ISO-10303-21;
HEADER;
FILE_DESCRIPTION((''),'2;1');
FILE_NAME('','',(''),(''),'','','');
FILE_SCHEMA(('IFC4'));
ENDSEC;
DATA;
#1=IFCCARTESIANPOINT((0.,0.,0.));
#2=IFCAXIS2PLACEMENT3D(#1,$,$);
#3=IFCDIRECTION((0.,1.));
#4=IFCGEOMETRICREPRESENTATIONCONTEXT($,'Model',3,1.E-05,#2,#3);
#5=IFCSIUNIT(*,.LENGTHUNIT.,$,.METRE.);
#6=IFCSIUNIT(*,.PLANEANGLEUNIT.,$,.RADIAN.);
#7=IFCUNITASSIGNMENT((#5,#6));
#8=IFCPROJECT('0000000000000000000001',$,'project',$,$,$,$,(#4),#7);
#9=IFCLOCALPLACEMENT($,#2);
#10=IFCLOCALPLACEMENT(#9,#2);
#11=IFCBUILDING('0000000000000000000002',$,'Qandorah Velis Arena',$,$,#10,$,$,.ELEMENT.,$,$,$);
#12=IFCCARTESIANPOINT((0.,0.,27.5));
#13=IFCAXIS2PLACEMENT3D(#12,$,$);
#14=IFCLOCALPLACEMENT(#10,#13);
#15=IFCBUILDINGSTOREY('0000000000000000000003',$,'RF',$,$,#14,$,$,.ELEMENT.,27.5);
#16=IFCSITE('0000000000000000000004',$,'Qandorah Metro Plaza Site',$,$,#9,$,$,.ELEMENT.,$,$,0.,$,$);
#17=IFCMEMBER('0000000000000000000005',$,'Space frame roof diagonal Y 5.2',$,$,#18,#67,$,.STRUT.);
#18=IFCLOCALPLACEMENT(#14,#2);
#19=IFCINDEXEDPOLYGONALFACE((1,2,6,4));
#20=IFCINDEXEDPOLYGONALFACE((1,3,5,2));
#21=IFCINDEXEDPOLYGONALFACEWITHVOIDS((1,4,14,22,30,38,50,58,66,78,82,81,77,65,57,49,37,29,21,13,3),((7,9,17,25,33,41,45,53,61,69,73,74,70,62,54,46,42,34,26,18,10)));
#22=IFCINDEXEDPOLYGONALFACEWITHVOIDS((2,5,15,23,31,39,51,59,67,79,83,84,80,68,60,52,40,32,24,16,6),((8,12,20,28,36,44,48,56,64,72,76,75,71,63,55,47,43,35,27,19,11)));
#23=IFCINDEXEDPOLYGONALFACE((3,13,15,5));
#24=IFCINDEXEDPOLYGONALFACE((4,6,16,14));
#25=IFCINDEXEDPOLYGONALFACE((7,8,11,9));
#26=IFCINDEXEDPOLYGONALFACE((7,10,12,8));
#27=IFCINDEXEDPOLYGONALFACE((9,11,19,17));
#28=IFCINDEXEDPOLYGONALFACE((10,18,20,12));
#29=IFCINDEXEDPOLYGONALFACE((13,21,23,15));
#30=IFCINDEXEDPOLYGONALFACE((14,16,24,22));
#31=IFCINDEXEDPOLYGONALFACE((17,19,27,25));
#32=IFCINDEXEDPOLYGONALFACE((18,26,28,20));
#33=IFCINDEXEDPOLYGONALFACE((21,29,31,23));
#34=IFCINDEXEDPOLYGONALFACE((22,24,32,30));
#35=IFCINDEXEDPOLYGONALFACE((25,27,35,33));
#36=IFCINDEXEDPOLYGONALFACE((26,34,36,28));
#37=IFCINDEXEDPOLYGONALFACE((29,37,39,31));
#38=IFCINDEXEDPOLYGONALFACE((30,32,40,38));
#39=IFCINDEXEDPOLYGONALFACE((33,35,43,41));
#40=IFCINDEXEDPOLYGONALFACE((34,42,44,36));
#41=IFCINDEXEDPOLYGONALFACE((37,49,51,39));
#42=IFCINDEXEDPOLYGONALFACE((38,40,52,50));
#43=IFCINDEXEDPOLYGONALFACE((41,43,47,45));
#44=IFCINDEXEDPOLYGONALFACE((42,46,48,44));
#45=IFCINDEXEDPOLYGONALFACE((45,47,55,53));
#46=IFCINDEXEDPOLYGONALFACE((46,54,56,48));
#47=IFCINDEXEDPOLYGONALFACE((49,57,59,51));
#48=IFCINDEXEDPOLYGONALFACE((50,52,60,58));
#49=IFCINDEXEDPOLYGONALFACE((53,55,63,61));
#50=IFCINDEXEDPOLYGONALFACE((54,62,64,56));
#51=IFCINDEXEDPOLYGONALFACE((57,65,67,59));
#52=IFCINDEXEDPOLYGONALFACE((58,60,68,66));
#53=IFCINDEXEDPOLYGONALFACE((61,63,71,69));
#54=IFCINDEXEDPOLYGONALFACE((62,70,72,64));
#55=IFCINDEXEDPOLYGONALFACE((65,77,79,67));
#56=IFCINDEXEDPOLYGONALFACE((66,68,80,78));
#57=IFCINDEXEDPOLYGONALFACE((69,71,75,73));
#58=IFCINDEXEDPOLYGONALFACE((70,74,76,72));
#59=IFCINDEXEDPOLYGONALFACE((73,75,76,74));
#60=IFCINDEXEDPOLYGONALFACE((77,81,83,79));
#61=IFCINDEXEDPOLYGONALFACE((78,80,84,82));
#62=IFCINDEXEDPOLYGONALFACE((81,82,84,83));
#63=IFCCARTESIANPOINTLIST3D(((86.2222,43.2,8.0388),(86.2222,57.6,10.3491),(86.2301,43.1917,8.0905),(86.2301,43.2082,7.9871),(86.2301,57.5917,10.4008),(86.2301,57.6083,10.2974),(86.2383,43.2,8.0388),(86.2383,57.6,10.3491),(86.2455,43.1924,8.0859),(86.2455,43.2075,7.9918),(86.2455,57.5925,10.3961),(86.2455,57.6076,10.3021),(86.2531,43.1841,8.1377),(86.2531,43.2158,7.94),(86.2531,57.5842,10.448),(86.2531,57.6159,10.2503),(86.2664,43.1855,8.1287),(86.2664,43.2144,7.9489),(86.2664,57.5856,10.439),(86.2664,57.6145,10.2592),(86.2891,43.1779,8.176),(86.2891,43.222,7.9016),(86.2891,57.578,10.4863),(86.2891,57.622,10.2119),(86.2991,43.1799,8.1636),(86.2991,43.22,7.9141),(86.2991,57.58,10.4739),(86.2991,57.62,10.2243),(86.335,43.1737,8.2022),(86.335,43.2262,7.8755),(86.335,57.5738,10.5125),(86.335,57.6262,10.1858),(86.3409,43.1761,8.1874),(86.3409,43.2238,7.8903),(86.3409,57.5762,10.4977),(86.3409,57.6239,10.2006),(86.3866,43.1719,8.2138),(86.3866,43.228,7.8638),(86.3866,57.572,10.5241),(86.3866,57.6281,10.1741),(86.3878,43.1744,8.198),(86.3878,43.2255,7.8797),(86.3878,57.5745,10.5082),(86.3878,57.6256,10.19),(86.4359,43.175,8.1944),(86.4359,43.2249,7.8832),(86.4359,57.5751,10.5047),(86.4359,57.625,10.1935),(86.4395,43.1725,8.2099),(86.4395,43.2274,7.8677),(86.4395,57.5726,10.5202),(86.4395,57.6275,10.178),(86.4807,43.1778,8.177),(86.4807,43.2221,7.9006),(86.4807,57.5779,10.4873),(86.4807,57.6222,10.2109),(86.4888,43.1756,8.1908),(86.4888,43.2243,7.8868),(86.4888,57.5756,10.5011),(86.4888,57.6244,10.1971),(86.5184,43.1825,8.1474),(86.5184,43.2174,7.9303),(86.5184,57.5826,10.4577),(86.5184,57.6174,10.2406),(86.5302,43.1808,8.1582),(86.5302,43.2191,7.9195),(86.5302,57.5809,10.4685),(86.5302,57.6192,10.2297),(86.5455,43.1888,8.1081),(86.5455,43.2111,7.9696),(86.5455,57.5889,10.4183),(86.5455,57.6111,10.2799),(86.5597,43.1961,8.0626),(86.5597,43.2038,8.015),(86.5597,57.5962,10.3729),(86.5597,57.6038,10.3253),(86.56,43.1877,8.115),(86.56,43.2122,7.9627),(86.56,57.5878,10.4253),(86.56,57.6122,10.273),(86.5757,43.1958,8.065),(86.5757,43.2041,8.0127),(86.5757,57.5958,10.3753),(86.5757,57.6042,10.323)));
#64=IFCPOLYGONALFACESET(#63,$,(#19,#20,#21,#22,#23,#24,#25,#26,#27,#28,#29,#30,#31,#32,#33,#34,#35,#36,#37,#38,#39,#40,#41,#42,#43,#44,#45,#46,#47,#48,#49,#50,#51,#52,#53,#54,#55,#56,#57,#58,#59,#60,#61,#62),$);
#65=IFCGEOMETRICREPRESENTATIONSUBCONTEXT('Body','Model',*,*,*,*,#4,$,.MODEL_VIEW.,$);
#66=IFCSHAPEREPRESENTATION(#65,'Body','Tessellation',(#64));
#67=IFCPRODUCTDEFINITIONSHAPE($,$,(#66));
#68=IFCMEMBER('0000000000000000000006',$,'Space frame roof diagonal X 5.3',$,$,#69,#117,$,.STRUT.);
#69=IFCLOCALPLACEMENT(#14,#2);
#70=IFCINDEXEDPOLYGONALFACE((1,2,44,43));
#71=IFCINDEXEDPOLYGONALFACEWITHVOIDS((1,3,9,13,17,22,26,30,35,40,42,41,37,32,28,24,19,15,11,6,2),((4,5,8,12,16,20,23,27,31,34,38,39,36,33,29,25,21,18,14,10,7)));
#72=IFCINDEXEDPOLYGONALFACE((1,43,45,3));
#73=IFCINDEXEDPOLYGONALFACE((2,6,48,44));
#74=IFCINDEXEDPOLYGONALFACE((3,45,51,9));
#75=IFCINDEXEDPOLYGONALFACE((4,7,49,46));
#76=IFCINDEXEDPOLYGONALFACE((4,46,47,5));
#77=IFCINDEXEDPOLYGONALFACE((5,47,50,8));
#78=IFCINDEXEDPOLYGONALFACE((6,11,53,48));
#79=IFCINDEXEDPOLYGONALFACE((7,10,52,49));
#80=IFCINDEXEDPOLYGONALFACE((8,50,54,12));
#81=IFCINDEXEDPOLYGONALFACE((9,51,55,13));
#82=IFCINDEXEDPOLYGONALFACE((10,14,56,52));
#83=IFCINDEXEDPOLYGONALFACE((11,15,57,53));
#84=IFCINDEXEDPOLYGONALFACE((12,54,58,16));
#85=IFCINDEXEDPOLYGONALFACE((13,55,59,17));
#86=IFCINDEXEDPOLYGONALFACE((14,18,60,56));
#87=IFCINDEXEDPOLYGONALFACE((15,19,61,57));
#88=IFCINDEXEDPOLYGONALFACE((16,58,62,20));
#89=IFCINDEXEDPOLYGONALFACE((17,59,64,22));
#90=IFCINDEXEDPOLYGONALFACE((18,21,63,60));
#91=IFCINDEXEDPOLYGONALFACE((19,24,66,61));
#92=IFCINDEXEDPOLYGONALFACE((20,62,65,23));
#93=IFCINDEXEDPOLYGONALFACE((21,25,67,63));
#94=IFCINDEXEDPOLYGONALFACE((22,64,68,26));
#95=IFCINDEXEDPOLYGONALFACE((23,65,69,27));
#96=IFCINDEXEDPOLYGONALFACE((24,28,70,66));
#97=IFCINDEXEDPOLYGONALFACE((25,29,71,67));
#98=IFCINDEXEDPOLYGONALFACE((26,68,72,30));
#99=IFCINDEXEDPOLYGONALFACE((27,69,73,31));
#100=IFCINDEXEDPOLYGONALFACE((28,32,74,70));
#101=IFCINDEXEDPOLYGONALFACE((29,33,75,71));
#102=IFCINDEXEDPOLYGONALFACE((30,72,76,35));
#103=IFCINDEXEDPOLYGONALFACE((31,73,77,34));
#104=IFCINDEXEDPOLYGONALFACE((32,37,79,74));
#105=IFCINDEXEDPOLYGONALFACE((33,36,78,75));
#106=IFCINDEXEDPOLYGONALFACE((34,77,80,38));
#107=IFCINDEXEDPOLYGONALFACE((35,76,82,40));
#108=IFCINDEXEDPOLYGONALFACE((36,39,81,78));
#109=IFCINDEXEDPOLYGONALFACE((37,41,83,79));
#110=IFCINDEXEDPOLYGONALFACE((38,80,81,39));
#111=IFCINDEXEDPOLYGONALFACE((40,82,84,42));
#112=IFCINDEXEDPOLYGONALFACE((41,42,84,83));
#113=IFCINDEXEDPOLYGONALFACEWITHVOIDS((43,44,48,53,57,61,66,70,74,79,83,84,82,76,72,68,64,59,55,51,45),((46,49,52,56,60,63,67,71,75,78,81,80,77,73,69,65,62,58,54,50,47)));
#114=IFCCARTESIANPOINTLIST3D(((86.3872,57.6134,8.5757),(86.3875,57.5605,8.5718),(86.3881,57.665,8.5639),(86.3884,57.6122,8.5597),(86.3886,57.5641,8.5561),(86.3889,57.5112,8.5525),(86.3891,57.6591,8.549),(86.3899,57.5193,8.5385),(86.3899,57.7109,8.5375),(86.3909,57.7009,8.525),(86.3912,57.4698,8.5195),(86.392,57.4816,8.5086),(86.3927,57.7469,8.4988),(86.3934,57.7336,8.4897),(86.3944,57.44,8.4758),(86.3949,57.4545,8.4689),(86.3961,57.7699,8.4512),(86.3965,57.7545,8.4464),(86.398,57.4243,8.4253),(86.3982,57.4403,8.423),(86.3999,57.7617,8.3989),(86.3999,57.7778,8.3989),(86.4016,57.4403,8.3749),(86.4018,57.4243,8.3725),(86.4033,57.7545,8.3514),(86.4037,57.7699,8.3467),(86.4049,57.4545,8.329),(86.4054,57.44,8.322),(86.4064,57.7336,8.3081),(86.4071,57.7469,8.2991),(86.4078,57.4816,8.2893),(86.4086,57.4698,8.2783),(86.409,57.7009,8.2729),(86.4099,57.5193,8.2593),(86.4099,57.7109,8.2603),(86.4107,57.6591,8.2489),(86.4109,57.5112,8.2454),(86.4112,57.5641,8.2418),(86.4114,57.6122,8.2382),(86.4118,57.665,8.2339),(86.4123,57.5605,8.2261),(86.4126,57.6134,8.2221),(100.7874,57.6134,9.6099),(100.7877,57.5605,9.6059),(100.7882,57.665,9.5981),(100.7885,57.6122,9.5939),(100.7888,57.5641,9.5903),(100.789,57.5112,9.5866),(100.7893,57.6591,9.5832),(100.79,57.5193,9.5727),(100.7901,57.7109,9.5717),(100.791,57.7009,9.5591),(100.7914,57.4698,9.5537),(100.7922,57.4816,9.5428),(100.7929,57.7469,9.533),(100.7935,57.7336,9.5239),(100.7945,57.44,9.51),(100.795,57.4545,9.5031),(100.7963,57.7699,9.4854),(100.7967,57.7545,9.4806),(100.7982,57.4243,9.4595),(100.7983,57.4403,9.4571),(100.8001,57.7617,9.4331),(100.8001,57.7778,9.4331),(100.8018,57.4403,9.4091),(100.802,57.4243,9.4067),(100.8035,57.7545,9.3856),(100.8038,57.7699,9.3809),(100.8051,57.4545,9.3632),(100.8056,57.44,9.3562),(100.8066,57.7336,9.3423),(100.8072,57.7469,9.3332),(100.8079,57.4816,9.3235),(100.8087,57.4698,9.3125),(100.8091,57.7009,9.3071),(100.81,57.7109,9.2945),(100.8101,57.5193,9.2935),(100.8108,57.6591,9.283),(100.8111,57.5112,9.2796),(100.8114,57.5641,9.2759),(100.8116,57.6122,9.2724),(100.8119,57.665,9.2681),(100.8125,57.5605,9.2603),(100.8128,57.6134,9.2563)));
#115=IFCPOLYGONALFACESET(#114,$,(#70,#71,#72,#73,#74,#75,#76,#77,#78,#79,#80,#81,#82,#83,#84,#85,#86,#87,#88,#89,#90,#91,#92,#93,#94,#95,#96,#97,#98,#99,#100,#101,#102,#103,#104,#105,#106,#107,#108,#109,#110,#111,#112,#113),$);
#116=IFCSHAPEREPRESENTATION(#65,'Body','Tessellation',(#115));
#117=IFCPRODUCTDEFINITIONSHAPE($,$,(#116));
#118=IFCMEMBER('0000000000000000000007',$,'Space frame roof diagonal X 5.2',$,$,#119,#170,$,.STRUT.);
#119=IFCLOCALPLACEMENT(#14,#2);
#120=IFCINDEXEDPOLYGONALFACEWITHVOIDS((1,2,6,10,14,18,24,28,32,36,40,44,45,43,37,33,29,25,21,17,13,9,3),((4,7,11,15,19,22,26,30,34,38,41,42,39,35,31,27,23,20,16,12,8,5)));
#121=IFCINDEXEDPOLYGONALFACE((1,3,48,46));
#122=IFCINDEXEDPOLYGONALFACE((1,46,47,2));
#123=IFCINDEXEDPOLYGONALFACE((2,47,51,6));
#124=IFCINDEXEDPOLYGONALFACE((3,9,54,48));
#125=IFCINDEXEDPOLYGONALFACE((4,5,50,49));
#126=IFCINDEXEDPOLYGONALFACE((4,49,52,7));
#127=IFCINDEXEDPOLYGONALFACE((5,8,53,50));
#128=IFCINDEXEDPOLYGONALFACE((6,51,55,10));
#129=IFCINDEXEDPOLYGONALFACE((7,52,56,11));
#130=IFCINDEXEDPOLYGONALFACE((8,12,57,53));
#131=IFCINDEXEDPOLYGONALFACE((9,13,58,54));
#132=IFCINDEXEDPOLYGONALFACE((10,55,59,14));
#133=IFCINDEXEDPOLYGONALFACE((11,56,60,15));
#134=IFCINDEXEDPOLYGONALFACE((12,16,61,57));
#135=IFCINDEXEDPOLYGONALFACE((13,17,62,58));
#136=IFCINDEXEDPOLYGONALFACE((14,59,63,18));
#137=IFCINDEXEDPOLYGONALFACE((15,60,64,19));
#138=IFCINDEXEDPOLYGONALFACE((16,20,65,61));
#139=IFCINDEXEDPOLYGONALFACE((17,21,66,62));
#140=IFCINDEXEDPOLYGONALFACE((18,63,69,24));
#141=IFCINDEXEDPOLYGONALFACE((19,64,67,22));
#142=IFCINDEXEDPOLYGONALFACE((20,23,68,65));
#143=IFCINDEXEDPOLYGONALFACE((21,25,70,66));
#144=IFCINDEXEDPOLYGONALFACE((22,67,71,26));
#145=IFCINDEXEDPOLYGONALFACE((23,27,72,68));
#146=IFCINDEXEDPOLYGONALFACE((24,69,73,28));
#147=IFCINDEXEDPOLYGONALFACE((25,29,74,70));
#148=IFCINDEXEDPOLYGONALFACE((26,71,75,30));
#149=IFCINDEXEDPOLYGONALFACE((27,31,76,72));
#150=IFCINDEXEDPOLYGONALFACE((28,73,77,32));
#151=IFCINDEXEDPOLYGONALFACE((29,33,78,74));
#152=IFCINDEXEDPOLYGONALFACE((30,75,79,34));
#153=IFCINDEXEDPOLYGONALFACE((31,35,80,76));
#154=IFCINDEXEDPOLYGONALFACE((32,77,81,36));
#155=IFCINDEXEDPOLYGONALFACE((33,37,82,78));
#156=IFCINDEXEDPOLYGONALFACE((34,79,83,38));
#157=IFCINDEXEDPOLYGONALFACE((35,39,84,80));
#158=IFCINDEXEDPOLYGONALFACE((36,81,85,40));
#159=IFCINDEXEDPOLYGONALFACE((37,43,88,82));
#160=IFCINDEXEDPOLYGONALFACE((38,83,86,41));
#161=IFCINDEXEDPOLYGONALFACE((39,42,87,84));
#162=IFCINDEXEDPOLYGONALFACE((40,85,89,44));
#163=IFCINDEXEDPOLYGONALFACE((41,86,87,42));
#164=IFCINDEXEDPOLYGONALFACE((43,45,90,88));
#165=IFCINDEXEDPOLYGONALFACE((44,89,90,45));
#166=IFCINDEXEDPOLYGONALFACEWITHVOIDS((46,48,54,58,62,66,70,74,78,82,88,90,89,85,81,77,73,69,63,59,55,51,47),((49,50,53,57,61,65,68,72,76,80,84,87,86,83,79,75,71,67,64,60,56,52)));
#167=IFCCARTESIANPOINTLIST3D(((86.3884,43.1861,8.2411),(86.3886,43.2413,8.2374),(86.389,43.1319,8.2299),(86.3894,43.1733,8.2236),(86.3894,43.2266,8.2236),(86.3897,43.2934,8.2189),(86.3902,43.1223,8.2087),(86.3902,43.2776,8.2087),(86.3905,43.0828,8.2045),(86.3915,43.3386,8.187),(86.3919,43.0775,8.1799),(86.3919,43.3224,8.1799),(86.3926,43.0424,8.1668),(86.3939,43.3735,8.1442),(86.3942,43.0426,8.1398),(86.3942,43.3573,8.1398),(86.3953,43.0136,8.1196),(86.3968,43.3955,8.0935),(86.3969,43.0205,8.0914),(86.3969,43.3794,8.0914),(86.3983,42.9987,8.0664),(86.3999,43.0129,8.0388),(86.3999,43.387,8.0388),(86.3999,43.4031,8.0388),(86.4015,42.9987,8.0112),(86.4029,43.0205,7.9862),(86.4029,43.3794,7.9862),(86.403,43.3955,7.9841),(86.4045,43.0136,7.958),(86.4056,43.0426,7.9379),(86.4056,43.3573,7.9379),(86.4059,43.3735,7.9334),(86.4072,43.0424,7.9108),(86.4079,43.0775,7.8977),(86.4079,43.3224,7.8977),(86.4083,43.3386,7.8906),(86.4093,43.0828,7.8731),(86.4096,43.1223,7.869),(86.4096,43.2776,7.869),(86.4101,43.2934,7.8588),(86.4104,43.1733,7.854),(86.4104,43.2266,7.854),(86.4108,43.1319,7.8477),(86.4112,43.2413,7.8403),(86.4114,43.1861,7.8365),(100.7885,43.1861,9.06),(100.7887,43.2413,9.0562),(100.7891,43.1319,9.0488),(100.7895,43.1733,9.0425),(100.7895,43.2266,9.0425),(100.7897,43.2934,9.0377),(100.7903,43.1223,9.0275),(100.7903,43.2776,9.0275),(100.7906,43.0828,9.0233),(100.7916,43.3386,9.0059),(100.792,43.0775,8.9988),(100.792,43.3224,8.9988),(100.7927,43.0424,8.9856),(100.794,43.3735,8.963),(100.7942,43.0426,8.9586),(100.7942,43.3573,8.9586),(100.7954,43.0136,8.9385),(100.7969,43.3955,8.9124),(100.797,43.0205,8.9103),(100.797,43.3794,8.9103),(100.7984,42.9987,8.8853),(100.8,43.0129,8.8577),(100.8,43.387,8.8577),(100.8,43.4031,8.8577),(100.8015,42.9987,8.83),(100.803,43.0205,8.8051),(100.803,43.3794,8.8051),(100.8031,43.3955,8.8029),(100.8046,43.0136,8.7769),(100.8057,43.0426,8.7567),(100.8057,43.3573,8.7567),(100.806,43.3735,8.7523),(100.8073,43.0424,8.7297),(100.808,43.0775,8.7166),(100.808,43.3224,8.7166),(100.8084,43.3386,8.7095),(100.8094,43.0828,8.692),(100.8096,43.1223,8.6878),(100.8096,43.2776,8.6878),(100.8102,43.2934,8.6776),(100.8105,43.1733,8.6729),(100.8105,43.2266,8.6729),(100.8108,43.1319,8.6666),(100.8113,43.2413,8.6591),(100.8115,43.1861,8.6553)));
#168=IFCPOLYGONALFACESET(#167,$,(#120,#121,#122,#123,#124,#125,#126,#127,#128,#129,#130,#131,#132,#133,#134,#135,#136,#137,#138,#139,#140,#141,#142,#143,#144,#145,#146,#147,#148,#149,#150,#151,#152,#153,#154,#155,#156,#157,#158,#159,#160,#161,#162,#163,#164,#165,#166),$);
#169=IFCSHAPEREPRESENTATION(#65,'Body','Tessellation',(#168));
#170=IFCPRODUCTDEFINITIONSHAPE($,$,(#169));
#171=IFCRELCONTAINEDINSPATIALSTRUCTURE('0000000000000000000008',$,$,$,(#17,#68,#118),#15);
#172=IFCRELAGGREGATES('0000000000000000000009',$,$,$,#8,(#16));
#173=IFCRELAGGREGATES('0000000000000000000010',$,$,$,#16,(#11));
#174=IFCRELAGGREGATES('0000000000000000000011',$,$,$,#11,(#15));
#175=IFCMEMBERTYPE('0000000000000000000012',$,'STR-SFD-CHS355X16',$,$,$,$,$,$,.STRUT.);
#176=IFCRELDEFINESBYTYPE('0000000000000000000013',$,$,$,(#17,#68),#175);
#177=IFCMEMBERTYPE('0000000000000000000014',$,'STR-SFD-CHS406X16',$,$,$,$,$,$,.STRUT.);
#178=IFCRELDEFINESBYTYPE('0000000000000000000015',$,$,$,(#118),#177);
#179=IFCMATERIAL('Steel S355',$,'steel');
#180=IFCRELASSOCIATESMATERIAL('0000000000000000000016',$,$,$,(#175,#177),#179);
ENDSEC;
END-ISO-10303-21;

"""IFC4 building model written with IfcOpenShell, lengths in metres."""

from ifc_helpers import new_model, si_unit, direction, frame, origin, origin_2d, place, context, subcontext, project, spatial, hollow_circle, extrude, material, material_profile, profile_set, type_object, element, save


model = new_model("IFC4")

# Units and contexts
model_context = context("Model", 3, precision=1e-05, world=origin(), true_north=direction((0.0, 1.0)))
body_context = subcontext(model_context, "Body", "Model", "MODEL_VIEW")
ifc_project = project(units=[si_unit("LENGTHUNIT", "METRE"), si_unit("PLANEANGLEUNIT", "RADIAN")], contexts=[model_context])

# Site, building, storey
site_placement = place(None, origin())
site = spatial("IfcSite", under=ifc_project, at=site_placement, Name="Qandorah Metro Plaza Site", CompositionType="ELEMENT", RefElevation=0.0)
building_placement = place(site_placement, origin())
building = spatial("IfcBuilding", under=site, at=building_placement, Name="Qandorah Velis Arena", CompositionType="ELEMENT")
storey_placement = place(building_placement, frame((0.0, 0.0, 27.5)))
storey = spatial("IfcBuildingStorey", under=building, at=storey_placement, Name="RF", CompositionType="ELEMENT", Elevation=27.5)

# Shared definitions
ifc_material_1 = material(Name="Steel S355", Category="steel")

# Members
ifc_material_profile_1 = material_profile(ifc_material_1, hollow_circle(Radius=0.1777, WallThickness=0.0161, at=origin_2d()), Name="CHS 355.6x16")
ifc_profile_set_1 = profile_set([ifc_material_profile_1], Name="Steel S355")
member_type_1 = type_object("IfcMemberType", Name="STR-SFD-CHS355X16", PredefinedType="STRUT", material=ifc_profile_set_1)
member_1_placement = place(storey_placement, frame((86.3999, 43.2, 8.0388), z_axis=(0.0, 0.987373, 0.15841), x_axis=(-1.0, 0.0, 0.0)))
element("IfcMember", 1, at=member_1_placement, inside=storey, type_object=member_type_1, Name="Space frame roof diagonal Y 5.2", PredefinedType="STRUT", context=body_context, shape_type="SweptSolid", body=[
    extrude(hollow_circle(Radius=0.1777, WallThickness=0.0161, at=origin_2d()), origin(), (0.0, 0.0, 1.0), 14.5842),
])
member_2_placement = place(storey_placement, frame((86.3999, 57.6001, 8.3989), z_axis=(0.997431, 0.0, 0.071633), x_axis=(0.0, 1.0, 0.0)))
element("IfcMember", 2, at=member_2_placement, inside=storey, type_object=member_type_1, Name="Space frame roof diagonal X 5.3", PredefinedType="STRUT", context=body_context, shape_type="SweptSolid", body=[
    extrude(hollow_circle(Radius=0.1777, WallThickness=0.0161, at=origin_2d()), origin(), (0.0, 0.0, 1.0), 14.4373),
])
ifc_material_profile_2 = material_profile(ifc_material_1, hollow_circle(Radius=0.2031, WallThickness=0.0161, at=origin_2d()), Name="CHS 406.4x16")
ifc_profile_set_2 = profile_set([ifc_material_profile_2], Name="Steel S355")
member_type_2 = type_object("IfcMemberType", Name="STR-SFD-CHS406X16", PredefinedType="STRUT", material=ifc_profile_set_2)
member_3_placement = place(storey_placement, frame((86.3999, 43.2, 8.0388), z_axis=(0.998387, 0.0, 0.056772), x_axis=(0.0, 1.0, 0.0)))
element("IfcMember", 3, at=member_3_placement, inside=storey, type_object=member_type_2, Name="Space frame roof diagonal X 5.2", PredefinedType="STRUT", context=body_context, shape_type="SweptSolid", body=[
    extrude(hollow_circle(Radius=0.2031, WallThickness=0.0161, at=origin_2d()), origin(), (0.0, 0.0, 1.0), 14.4233),
])

save(model, "model.ifc")
